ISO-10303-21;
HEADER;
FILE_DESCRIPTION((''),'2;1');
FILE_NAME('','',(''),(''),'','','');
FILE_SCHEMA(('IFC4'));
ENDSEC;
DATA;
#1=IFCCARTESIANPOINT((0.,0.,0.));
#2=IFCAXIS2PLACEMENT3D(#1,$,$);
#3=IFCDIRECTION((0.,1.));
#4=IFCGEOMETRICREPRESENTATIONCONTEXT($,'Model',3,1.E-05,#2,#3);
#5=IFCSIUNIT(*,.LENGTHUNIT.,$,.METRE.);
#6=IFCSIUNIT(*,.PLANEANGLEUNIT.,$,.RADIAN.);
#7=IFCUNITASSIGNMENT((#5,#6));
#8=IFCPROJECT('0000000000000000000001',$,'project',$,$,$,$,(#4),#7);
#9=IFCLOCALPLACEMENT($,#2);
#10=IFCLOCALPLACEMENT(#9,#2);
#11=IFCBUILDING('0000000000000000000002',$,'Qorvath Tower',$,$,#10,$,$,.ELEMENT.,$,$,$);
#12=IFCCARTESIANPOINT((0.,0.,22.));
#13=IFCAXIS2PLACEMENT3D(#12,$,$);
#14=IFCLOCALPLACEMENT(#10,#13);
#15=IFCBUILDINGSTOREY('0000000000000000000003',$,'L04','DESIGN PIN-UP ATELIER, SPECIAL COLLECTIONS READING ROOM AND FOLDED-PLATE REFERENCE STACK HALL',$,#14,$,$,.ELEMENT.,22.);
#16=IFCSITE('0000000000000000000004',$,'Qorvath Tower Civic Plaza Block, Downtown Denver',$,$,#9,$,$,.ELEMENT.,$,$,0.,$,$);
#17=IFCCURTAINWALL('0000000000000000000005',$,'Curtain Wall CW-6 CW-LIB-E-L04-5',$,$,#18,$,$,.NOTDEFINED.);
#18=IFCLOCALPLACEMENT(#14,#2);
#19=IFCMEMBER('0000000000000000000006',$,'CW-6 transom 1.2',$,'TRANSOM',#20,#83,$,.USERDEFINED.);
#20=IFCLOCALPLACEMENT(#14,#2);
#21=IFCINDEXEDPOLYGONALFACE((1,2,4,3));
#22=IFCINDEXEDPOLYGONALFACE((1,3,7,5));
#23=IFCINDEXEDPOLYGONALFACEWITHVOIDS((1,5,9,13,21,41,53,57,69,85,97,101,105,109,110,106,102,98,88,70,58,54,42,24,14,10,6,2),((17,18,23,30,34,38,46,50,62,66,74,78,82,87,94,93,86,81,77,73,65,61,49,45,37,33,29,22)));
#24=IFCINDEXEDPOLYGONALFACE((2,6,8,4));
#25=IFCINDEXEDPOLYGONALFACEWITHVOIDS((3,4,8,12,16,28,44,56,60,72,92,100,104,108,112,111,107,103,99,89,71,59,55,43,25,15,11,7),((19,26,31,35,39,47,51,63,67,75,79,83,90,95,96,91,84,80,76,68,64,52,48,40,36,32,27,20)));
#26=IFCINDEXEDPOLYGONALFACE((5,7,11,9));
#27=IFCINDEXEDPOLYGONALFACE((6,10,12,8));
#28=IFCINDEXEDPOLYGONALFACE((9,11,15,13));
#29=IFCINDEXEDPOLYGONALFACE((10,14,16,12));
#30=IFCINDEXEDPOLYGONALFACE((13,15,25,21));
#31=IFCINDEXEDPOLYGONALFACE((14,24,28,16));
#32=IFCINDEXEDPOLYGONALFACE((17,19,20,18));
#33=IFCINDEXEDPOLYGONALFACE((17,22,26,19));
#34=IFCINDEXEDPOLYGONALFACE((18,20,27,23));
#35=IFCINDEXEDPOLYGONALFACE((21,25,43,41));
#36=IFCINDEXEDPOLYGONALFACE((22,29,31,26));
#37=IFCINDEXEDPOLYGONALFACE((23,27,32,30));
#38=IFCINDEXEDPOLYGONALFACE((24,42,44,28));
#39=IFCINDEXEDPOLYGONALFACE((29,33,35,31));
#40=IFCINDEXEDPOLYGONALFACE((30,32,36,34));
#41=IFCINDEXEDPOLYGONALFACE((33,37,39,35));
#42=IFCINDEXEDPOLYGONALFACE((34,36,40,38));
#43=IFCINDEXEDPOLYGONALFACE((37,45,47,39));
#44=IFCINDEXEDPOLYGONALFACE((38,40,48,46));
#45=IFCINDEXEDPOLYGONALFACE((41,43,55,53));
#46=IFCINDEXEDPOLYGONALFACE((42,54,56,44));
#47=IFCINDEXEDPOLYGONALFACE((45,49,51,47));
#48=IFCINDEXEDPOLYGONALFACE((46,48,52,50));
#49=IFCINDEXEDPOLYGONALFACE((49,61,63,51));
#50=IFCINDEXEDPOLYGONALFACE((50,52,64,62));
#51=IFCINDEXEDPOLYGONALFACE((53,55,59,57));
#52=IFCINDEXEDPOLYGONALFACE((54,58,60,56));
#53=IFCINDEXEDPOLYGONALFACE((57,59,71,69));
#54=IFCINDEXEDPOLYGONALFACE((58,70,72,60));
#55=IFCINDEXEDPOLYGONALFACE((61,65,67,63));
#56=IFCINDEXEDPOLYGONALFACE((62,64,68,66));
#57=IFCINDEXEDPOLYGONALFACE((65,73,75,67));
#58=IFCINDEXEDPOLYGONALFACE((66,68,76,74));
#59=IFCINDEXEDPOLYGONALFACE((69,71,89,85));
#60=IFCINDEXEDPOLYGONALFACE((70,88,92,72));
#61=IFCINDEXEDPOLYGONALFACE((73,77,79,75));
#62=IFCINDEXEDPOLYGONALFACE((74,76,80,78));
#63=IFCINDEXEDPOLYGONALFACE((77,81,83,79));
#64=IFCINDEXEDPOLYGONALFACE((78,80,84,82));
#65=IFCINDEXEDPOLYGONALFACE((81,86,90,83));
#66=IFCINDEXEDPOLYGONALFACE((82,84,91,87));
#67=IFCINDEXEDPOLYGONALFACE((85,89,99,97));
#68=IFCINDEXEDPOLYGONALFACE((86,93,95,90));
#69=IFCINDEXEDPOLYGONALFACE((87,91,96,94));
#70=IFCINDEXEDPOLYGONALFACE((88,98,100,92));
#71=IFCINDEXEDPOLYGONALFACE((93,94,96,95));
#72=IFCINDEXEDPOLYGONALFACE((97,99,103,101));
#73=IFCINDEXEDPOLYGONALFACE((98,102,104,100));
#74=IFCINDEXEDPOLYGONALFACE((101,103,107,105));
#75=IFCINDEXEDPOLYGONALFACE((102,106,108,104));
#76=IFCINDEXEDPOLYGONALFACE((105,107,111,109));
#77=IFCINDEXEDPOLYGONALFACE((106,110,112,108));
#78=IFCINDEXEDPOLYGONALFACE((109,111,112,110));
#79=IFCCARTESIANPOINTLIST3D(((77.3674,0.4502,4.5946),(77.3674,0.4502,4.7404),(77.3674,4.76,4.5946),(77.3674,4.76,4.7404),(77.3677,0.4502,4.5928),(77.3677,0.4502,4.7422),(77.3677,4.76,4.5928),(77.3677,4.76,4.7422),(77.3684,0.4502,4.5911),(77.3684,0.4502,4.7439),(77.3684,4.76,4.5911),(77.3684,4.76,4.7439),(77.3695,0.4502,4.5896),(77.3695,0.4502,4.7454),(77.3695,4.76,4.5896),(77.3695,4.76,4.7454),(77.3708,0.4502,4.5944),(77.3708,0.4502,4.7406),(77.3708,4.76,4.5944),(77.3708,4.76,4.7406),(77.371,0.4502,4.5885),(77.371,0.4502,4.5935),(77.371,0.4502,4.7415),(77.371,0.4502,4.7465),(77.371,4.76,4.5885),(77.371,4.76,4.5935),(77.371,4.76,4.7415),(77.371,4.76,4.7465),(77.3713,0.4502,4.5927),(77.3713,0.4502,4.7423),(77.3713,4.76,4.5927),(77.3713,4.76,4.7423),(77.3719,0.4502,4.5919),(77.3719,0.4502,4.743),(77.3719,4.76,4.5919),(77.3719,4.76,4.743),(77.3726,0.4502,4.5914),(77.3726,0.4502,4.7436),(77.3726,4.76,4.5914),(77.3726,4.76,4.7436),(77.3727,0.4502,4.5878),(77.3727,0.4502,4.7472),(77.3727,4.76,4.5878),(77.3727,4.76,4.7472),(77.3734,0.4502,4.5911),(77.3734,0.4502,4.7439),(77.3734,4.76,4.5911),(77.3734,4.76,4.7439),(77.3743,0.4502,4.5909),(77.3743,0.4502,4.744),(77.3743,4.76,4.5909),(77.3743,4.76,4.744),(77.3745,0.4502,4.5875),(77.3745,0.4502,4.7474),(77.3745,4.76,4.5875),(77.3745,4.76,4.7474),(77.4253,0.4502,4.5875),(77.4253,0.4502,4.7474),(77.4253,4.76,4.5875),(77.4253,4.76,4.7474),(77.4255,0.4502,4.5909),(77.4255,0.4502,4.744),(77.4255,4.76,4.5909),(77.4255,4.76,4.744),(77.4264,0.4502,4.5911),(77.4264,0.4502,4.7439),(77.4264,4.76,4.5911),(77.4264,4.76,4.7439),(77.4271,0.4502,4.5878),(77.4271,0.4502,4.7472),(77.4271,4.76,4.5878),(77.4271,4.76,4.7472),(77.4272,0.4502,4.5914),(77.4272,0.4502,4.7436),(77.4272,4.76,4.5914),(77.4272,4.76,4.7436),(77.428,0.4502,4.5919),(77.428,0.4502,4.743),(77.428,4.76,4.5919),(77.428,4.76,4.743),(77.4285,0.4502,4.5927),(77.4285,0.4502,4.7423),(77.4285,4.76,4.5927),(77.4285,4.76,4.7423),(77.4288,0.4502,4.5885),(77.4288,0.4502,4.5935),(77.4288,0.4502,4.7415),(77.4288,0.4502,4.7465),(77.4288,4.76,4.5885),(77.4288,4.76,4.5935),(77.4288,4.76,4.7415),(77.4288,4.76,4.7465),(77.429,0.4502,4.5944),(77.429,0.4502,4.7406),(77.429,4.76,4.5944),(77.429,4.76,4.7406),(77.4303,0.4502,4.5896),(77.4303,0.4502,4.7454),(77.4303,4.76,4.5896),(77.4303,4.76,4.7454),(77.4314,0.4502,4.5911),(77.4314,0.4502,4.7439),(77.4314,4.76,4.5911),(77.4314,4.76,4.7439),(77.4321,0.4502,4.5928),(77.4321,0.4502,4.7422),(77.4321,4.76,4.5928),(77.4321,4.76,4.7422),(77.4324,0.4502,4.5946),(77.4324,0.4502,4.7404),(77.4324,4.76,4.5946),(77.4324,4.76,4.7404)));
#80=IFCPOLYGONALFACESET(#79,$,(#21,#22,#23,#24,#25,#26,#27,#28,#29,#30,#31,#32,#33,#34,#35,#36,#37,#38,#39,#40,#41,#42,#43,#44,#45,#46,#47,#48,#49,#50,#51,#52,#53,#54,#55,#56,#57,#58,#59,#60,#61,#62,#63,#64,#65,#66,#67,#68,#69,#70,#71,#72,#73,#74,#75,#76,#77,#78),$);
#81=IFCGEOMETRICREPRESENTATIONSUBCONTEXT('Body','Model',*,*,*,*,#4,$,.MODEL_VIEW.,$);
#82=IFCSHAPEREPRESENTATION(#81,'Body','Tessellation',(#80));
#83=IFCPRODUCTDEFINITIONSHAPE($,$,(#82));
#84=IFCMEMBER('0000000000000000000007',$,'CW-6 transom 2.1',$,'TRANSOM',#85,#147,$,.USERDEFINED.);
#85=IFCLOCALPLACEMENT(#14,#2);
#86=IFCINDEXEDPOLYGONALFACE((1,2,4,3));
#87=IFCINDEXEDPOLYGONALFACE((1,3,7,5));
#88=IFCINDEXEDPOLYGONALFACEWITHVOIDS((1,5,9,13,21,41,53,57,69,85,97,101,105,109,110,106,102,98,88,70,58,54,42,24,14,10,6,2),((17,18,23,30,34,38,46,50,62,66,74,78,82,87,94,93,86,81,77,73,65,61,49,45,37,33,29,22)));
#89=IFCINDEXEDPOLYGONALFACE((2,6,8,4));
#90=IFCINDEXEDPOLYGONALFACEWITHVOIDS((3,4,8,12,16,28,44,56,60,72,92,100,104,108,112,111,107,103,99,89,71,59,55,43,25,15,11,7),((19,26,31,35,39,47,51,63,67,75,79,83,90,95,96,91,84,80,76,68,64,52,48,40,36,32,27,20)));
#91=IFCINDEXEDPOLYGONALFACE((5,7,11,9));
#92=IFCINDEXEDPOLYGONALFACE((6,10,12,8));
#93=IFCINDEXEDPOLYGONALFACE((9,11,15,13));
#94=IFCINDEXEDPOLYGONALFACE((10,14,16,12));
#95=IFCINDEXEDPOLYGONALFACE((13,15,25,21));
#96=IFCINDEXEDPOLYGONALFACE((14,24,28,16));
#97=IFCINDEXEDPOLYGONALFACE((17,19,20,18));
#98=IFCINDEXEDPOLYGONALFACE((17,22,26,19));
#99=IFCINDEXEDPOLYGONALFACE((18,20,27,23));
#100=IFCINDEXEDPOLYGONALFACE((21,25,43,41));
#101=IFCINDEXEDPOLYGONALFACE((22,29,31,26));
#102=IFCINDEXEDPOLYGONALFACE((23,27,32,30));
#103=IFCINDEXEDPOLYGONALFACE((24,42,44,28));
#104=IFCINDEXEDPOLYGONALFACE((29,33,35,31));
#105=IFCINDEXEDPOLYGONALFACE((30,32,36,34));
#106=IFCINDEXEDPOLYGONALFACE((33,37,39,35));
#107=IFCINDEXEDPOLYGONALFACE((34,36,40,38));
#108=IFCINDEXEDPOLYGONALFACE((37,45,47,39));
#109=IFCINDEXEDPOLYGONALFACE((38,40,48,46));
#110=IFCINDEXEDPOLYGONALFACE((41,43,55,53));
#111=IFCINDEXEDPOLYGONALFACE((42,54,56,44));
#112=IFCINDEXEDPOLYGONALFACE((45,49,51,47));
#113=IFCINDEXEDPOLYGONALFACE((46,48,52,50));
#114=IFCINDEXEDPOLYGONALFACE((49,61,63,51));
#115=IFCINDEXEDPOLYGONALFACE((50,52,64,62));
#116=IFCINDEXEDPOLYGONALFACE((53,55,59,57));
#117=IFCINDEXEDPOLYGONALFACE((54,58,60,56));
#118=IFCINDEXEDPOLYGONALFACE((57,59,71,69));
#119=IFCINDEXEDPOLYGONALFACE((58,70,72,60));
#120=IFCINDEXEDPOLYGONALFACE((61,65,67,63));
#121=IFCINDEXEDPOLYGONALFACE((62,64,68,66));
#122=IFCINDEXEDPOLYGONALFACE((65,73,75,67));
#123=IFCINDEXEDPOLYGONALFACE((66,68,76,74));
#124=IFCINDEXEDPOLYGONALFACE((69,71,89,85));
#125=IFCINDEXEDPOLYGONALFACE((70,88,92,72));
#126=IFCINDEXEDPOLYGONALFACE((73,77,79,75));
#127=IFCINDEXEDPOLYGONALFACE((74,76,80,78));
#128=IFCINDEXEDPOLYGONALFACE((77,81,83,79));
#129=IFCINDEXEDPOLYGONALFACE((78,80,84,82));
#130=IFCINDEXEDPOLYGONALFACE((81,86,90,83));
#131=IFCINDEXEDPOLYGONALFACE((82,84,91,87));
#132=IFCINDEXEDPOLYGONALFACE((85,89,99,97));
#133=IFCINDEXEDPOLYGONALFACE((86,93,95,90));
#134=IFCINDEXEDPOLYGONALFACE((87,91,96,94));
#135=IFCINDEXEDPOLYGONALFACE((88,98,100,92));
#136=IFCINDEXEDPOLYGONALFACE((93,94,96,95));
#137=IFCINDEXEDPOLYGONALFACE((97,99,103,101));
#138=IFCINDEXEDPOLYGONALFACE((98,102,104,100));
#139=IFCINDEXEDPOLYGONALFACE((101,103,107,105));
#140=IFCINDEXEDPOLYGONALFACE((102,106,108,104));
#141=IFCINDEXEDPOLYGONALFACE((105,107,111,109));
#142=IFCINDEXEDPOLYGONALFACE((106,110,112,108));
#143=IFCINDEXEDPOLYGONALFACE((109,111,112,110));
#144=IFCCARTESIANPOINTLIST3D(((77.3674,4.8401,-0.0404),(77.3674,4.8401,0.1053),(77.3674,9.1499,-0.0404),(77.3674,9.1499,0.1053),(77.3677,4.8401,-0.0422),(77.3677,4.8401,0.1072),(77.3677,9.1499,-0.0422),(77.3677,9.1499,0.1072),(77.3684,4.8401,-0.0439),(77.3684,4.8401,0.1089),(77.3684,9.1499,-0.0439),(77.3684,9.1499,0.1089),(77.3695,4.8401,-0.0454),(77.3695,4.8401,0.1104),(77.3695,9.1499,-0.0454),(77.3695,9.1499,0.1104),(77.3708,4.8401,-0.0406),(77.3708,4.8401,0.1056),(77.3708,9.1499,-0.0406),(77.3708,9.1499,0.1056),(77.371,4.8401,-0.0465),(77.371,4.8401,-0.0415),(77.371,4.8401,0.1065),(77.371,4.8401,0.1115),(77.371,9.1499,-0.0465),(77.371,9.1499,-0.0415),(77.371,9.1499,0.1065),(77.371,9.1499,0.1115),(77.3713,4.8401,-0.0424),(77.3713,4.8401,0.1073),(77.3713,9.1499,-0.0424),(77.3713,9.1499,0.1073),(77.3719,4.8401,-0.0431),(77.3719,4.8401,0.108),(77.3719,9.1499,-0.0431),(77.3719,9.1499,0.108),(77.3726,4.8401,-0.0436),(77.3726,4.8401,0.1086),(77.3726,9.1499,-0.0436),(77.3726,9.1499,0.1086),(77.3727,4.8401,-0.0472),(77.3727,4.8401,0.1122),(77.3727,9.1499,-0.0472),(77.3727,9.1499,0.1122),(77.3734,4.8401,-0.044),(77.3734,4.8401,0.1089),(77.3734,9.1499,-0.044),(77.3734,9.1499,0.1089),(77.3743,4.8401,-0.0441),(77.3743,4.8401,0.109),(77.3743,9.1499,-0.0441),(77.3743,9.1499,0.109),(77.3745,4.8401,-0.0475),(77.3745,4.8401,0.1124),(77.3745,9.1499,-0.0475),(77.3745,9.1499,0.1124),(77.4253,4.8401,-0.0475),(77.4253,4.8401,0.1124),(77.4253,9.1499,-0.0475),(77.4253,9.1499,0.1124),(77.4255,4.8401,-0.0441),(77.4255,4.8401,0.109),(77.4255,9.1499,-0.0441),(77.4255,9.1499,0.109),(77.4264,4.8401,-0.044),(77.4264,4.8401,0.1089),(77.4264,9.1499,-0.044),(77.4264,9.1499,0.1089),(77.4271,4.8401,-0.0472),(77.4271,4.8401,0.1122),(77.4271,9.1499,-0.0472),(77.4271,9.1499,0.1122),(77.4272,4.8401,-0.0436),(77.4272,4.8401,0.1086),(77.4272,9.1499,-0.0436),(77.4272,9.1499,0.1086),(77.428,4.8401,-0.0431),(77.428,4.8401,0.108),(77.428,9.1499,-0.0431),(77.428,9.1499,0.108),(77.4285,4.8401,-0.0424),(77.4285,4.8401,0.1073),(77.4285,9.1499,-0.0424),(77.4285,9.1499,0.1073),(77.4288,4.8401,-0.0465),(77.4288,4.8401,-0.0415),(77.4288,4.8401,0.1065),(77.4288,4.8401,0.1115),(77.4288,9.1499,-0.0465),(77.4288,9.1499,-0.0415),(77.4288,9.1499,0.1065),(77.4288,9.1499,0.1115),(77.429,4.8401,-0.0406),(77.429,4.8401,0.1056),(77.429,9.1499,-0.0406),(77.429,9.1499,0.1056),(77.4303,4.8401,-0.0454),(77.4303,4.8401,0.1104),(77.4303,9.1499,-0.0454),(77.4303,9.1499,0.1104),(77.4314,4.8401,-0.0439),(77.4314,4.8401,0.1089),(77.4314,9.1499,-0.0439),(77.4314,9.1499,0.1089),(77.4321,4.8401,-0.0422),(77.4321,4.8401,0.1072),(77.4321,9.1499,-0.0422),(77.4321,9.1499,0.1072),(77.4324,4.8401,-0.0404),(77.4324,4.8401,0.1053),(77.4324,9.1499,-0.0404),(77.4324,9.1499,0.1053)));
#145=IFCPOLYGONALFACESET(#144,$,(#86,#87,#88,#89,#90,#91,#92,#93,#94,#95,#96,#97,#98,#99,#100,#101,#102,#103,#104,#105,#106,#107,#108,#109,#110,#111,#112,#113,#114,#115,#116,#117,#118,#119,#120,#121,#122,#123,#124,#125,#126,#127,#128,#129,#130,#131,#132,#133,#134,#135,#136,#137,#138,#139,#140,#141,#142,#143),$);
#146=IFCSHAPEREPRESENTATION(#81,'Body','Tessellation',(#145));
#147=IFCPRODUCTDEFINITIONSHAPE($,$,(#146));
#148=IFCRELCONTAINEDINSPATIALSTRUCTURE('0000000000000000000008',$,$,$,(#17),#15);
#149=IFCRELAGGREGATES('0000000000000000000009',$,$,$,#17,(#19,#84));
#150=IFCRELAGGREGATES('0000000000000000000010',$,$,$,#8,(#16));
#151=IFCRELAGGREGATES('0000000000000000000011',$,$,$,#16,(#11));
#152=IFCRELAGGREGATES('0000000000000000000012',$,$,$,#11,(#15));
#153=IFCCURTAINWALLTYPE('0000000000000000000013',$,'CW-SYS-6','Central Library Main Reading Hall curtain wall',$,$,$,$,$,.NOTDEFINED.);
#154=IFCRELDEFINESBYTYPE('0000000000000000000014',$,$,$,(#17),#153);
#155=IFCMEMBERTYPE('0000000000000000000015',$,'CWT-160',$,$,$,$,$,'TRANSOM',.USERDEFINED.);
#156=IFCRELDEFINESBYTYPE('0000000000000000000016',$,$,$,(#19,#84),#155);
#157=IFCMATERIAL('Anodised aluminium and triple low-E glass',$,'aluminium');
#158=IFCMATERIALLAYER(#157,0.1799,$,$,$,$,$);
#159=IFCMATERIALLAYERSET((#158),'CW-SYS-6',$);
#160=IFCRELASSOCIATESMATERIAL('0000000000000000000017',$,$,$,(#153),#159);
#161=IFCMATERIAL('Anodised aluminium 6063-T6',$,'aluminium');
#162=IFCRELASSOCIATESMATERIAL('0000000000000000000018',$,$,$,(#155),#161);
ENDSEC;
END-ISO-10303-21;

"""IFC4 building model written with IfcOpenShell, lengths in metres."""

from ifc_helpers import new_model, si_unit, direction, frame, origin, origin_2d, place, context, subcontext, project, spatial, hollow_rectangle, extrude, material, layer, layer_set, material_profile, profile_set, type_object, element, aggregate, save


model = new_model("IFC4")

# Units and contexts
model_context = context("Model", 3, precision=1e-05, world=origin(), true_north=direction((0.0, 1.0)))
body_context = subcontext(model_context, "Body", "Model", "MODEL_VIEW")
ifc_project = project(units=[si_unit("LENGTHUNIT", "METRE"), si_unit("PLANEANGLEUNIT", "RADIAN")], contexts=[model_context])

# Site, building, storey
site_placement = place(None, origin())
site = spatial("IfcSite", under=ifc_project, at=site_placement, Name="Qorvath Tower Civic Plaza Block, Downtown Denver", CompositionType="ELEMENT", RefElevation=0.0)
building_placement = place(site_placement, origin())
building = spatial("IfcBuilding", under=site, at=building_placement, Name="Qorvath Tower", CompositionType="ELEMENT")
storey_placement = place(building_placement, frame((0.0, 0.0, 22.0)))
storey = spatial("IfcBuildingStorey", under=building, at=storey_placement, Name="L04", Description="DESIGN PIN-UP ATELIER, SPECIAL COLLECTIONS READING ROOM AND FOLDED-PLATE REFERENCE STACK HALL", CompositionType="ELEMENT", Elevation=22.0)

# Curtain wall
ifc_material_1 = material(Name="Anodised aluminium and triple low-E glass", Category="aluminium")
ifc_layer_1 = layer(ifc_material_1, 0.1799)
ifc_layer_set_1 = layer_set([ifc_layer_1], Name="CW-SYS-6")
curtain_wall_type = type_object("IfcCurtainWallType", Name="CW-SYS-6", Description="Central Library Main Reading Hall curtain wall", PredefinedType="NOTDEFINED", material=ifc_layer_set_1)
curtain_wall_1_placement = place(storey_placement, origin())
curtain_wall_1 = element("IfcCurtainWall", 1, at=curtain_wall_1_placement, inside=storey, type_object=curtain_wall_type, Name="Curtain Wall CW-6 CW-LIB-E-L04-5", PredefinedType="NOTDEFINED")

# Members
ifc_material_2 = material(Name="Anodised aluminium 6063-T6", Category="aluminium")
ifc_material_profile_1 = material_profile(ifc_material_2, hollow_rectangle(XDim=0.0649, YDim=0.1599, WallThickness=0.0034, InnerFilletRadius=0.0034, OuterFilletRadius=0.0071, at=origin_2d()), Name="CWT 160x65")
ifc_profile_set_1 = profile_set([ifc_material_profile_1], Name="Anodised aluminium 6063-T6")
member_type_1 = type_object("IfcMemberType", Name="CWT-160", ElementType="TRANSOM", PredefinedType="USERDEFINED", material=ifc_profile_set_1)
member_1_placement = place(storey_placement, frame((77.3999, 0.4502, 4.6675), z_axis=(0.0, 1.0, 0.0), x_axis=(-1.0, 0.0, 0.0)))
member_1 = element("IfcMember", 2, at=member_1_placement, type_object=member_type_1, Name="CW-6 transom 1.2", ObjectType="TRANSOM", PredefinedType="USERDEFINED", context=body_context, shape_type="SweptSolid", body=[
    extrude(hollow_rectangle(XDim=0.0649, YDim=0.1599, WallThickness=0.0034, InnerFilletRadius=0.0034, OuterFilletRadius=0.0071, at=origin_2d()), origin(), (0.0, 0.0, 1.0), 4.3098),
])
member_2_placement = place(storey_placement, frame((77.3999, 4.8401, 0.0325), z_axis=(0.0, 1.0, 0.0), x_axis=(-1.0, 0.0, 0.0)))
member_2 = element("IfcMember", 3, at=member_2_placement, type_object=member_type_1, Name="CW-6 transom 2.1", ObjectType="TRANSOM", PredefinedType="USERDEFINED", context=body_context, shape_type="SweptSolid", body=[
    extrude(hollow_rectangle(XDim=0.0649, YDim=0.1599, WallThickness=0.0034, InnerFilletRadius=0.0034, OuterFilletRadius=0.0071, at=origin_2d()), origin(), (0.0, 0.0, 1.0), 4.3098),
])

aggregate(curtain_wall_1, [member_1, member_2])

save(model, "model.ifc")
